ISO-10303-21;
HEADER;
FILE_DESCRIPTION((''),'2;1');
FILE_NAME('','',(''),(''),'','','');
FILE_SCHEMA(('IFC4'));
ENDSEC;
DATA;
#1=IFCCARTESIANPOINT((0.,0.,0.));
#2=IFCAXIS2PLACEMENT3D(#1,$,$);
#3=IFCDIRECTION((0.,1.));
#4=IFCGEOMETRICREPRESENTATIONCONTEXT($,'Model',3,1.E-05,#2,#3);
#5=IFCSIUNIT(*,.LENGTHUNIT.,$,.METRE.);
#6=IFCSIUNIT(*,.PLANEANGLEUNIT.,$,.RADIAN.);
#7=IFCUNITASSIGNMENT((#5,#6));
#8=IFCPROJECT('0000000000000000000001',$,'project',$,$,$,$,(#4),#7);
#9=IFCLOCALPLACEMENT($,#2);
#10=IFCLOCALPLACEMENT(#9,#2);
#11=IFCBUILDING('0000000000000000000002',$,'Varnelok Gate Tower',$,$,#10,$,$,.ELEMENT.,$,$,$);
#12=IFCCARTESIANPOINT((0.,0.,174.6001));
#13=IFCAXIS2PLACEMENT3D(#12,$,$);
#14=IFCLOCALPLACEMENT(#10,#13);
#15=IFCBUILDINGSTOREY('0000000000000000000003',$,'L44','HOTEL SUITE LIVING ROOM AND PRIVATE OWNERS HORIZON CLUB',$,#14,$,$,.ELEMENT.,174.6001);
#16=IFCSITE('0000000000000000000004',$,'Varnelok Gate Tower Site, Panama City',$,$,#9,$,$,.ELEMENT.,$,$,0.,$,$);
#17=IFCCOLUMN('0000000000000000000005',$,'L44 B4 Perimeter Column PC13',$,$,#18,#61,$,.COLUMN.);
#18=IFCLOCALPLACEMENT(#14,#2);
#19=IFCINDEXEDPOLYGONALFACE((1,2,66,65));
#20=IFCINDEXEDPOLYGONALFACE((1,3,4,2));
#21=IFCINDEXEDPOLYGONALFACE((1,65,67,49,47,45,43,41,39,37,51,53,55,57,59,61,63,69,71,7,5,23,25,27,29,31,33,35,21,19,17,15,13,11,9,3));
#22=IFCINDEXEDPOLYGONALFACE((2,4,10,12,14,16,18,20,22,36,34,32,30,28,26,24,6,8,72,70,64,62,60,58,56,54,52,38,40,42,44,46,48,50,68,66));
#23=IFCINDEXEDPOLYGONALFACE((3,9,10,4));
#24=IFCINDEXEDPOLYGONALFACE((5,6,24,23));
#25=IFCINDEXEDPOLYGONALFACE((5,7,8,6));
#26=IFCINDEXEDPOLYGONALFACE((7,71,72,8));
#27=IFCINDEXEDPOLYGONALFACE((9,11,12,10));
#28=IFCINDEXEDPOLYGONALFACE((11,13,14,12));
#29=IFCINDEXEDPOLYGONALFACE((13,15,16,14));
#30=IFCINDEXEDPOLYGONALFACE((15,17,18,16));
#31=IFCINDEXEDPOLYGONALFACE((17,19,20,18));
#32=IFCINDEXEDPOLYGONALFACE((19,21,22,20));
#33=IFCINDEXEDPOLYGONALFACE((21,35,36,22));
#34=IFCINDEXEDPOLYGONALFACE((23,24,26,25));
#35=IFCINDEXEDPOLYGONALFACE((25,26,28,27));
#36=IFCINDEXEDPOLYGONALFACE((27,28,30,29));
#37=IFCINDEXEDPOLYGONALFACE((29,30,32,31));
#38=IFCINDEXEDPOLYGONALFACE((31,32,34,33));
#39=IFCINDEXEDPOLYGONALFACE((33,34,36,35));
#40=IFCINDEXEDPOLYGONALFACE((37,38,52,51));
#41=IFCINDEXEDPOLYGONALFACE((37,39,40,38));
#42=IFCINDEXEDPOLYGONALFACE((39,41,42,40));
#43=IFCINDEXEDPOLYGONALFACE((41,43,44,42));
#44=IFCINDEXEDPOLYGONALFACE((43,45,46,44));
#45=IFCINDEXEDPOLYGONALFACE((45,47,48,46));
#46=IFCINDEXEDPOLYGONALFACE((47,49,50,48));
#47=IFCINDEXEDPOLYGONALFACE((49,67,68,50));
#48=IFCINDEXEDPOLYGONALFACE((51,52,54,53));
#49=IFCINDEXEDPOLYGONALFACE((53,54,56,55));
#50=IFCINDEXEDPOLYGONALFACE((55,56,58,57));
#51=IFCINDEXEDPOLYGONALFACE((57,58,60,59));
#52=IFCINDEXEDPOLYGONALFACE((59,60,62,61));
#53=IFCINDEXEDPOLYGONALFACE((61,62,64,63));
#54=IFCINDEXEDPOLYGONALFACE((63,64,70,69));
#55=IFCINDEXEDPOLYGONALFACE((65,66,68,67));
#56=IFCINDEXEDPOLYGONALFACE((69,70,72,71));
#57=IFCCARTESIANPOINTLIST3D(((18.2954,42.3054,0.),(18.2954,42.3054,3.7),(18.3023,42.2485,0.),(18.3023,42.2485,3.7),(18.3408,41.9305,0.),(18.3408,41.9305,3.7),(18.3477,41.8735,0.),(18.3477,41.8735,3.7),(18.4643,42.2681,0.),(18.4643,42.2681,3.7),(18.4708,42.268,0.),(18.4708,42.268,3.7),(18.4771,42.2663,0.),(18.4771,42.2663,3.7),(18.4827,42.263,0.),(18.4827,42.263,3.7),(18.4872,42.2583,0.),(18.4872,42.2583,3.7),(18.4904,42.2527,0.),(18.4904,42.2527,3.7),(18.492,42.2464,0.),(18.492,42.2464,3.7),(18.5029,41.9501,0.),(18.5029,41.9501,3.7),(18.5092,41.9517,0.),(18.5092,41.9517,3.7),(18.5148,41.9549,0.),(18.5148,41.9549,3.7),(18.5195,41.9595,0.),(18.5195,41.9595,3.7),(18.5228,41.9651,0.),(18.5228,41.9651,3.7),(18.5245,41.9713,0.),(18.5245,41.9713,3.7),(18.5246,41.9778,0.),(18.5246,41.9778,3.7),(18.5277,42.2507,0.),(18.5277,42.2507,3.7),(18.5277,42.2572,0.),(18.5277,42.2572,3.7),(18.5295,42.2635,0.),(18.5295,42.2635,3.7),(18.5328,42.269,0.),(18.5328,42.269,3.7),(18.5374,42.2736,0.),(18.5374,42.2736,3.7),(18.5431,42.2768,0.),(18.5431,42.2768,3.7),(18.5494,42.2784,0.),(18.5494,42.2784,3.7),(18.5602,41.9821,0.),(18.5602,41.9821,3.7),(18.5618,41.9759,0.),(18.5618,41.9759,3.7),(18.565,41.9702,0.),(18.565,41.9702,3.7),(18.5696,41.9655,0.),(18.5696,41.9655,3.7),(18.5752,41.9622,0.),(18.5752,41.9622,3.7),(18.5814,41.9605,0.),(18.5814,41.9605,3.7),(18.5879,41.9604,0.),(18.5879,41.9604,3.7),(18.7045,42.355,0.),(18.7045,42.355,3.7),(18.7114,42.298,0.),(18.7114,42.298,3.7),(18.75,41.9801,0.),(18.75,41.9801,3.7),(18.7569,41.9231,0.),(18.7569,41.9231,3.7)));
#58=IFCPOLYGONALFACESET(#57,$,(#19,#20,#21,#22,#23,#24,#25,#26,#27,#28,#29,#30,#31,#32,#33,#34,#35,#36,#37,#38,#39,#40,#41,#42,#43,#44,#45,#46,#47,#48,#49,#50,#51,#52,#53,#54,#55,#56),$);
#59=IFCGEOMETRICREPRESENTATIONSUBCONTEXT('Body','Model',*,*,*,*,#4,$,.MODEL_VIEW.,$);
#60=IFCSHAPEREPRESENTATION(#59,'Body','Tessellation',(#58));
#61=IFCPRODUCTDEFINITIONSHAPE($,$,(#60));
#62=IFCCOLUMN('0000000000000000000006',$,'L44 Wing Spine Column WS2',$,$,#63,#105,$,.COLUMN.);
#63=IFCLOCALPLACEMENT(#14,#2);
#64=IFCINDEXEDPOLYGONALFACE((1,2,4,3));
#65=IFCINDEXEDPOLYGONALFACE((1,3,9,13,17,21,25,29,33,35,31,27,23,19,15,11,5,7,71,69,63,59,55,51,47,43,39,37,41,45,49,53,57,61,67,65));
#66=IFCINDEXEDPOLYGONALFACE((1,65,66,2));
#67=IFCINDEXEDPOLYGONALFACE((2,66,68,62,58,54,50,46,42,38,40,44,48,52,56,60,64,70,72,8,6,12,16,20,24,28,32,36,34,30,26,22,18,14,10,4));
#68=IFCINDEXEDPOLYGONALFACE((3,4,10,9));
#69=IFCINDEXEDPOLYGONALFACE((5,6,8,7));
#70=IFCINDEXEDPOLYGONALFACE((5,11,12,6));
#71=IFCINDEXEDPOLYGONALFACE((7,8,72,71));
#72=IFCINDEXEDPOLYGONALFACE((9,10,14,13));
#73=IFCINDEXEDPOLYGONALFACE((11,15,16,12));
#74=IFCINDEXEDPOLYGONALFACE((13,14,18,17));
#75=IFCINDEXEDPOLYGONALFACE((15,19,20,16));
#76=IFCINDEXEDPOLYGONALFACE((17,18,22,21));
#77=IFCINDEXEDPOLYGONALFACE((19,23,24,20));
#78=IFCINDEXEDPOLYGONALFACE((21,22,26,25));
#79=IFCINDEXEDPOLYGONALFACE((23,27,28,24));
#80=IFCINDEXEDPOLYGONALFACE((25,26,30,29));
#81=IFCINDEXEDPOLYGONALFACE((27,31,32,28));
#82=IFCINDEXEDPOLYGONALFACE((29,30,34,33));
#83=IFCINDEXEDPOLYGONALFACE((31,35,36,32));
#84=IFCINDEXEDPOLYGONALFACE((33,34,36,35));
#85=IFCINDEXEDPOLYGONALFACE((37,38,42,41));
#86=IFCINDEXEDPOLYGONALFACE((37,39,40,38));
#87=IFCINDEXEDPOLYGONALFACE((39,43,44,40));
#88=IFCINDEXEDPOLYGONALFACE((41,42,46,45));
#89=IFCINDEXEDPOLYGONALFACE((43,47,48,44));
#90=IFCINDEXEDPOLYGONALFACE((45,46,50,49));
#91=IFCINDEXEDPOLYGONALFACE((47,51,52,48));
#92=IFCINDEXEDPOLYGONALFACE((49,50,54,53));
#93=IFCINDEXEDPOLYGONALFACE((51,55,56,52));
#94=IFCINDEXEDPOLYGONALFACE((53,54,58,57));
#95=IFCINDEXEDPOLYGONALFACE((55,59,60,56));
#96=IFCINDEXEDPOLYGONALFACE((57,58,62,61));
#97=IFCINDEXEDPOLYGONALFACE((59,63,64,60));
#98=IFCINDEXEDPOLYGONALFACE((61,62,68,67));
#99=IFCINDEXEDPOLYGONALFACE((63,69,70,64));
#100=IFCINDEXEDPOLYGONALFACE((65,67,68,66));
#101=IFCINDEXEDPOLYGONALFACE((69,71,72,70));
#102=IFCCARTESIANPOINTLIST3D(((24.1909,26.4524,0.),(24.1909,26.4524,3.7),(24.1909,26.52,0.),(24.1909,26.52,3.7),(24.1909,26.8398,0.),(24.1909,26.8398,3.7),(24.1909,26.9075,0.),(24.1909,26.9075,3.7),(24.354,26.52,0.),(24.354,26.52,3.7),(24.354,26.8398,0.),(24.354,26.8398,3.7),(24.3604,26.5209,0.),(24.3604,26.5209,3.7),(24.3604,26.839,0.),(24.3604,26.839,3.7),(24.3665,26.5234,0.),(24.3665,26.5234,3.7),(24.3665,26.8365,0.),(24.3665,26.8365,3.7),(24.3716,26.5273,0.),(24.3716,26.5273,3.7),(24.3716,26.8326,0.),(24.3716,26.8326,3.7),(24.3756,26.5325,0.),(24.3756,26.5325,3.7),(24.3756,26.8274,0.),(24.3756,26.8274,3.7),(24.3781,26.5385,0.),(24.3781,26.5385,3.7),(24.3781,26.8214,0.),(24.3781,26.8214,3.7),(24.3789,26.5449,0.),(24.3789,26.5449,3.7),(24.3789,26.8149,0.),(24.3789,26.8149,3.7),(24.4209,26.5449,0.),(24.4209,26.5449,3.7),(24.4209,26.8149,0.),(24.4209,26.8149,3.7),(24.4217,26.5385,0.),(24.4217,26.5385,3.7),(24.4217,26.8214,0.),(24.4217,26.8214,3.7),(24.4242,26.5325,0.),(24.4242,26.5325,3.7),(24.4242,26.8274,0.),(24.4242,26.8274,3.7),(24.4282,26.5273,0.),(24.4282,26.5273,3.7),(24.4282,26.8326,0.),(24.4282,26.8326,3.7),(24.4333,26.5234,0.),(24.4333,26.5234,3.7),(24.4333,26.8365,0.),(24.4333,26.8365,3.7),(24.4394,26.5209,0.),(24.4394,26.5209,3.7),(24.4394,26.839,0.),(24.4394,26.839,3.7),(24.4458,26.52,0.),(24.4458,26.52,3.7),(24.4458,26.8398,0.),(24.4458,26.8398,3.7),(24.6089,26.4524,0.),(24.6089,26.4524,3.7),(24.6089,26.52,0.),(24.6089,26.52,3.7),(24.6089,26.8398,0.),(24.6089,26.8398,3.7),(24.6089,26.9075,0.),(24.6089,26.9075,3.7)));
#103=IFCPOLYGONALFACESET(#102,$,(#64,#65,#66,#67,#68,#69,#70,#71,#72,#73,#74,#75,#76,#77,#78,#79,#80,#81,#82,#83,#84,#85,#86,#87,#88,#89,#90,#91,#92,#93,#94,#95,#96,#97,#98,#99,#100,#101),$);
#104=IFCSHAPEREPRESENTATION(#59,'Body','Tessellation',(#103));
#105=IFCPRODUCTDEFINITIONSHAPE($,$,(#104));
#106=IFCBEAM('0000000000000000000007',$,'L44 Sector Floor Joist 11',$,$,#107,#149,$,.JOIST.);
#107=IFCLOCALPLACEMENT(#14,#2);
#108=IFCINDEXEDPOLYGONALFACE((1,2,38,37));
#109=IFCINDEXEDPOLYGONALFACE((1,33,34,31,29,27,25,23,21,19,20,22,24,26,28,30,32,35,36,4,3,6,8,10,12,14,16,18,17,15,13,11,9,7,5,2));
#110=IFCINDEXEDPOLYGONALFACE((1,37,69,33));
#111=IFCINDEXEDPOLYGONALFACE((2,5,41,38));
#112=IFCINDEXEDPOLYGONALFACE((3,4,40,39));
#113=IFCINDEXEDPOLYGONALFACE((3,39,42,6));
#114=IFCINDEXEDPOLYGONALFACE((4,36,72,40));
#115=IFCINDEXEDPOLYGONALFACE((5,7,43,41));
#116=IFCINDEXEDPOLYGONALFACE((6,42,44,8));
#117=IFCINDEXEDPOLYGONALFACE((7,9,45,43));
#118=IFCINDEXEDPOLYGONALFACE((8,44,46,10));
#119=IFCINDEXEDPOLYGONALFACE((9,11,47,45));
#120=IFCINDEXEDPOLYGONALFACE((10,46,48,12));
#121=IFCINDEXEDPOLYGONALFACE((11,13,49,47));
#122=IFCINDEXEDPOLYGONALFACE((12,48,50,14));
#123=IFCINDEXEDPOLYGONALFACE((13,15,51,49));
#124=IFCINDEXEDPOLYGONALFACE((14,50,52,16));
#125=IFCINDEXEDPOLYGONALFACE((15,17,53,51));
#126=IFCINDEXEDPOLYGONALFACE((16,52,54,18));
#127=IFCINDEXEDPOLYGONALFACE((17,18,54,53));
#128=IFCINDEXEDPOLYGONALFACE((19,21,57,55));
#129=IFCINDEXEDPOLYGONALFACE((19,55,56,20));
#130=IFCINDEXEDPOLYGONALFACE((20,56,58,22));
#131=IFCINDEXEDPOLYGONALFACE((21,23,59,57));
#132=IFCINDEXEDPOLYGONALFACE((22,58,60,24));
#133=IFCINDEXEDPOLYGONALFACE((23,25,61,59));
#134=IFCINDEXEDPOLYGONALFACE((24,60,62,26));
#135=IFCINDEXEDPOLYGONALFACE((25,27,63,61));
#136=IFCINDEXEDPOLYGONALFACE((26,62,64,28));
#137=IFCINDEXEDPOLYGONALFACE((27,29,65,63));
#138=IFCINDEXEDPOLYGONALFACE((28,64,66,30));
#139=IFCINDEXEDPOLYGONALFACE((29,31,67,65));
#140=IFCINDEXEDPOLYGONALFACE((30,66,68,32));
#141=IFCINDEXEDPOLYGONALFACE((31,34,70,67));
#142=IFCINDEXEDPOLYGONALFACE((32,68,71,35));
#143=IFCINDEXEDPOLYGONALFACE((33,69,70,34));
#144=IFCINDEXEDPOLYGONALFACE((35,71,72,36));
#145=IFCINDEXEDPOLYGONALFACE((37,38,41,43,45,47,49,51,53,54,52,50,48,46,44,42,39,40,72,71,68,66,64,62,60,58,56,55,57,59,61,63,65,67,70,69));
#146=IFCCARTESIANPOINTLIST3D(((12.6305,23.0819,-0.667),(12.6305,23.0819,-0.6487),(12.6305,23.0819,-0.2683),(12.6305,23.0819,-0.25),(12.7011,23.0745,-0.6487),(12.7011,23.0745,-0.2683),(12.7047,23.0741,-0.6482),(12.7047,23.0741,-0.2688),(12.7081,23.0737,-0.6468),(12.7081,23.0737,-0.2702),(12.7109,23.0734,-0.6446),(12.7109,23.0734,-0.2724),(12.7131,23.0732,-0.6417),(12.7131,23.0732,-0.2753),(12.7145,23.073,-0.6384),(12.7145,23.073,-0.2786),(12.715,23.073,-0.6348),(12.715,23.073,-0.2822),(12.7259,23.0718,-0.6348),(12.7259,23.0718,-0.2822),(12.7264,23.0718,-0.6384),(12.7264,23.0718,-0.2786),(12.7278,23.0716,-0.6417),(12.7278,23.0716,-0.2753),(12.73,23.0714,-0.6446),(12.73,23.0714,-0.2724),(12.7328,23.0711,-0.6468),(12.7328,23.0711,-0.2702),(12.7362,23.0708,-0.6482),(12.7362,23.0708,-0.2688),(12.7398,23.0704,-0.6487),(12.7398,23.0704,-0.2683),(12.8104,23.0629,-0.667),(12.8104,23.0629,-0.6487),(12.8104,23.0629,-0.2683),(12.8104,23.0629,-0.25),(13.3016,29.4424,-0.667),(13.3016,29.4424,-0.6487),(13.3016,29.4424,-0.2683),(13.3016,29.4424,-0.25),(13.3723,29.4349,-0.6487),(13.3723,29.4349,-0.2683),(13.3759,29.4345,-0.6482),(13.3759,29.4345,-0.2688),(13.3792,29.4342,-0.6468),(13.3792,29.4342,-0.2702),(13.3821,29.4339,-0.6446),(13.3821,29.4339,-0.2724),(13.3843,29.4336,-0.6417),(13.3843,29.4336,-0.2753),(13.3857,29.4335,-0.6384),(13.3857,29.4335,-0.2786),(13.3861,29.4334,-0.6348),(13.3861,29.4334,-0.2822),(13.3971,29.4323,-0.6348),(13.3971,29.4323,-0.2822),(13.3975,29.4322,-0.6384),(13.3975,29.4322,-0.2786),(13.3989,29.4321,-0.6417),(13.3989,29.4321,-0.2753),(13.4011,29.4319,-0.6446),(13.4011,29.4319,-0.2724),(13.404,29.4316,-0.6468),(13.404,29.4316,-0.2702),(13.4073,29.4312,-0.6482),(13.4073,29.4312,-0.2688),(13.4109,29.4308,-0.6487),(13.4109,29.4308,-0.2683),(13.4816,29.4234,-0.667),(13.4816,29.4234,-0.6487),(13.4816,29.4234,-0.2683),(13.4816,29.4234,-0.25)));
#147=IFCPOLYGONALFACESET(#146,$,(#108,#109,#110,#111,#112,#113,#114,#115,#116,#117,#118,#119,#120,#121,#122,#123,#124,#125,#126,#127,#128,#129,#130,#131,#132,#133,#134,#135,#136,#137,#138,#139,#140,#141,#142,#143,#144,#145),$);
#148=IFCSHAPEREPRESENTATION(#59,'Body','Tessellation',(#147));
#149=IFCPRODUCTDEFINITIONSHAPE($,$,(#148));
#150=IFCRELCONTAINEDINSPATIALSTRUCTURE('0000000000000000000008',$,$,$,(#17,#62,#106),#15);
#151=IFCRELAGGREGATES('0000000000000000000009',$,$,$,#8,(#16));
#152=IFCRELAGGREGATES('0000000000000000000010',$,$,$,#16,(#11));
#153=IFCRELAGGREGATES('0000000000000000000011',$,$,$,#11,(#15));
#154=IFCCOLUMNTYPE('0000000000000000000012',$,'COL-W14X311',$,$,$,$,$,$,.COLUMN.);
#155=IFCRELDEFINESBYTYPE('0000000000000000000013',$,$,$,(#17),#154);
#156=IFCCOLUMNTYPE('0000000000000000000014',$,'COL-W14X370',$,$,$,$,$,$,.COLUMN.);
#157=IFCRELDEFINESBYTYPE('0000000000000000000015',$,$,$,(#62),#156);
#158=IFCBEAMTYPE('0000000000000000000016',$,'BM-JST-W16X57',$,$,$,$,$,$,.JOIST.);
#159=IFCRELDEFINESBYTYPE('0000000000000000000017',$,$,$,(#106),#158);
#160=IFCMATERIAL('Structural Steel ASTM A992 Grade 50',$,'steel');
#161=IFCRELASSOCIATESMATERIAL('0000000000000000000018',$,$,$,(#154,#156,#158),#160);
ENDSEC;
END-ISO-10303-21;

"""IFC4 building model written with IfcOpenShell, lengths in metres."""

from ifc_helpers import new_model, si_unit, direction, frame, origin, origin_2d, place, context, subcontext, project, spatial, i_section, extrude, material, material_profile, profile_set, type_object, element, save


model = new_model("IFC4")

# Units and contexts
model_context = context("Model", 3, precision=1e-05, world=origin(), true_north=direction((0.0, 1.0)))
body_context = subcontext(model_context, "Body", "Model", "MODEL_VIEW")
ifc_project = project(units=[si_unit("LENGTHUNIT", "METRE"), si_unit("PLANEANGLEUNIT", "RADIAN")], contexts=[model_context])

# Site, building, storey
site_placement = place(None, origin())
site = spatial("IfcSite", under=ifc_project, at=site_placement, Name="Varnelok Gate Tower Site, Panama City", CompositionType="ELEMENT", RefElevation=0.0)
building_placement = place(site_placement, origin())
building = spatial("IfcBuilding", under=site, at=building_placement, Name="Varnelok Gate Tower", CompositionType="ELEMENT")
storey_placement = place(building_placement, frame((0.0, 0.0, 174.6001)))
storey = spatial("IfcBuildingStorey", under=building, at=storey_placement, Name="L44", Description="HOTEL SUITE LIVING ROOM AND PRIVATE OWNERS HORIZON CLUB", CompositionType="ELEMENT", Elevation=174.6001)

# Columns
ifc_material_1 = material(Name="Structural Steel ASTM A992 Grade 50", Category="steel")
ifc_material_profile_1 = material_profile(ifc_material_1, i_section(OverallWidth=0.4121, OverallDepth=0.4351, WebThickness=0.0359, FlangeThickness=0.0574, FilletRadius=0.0249, at=origin_2d()), Name="W14X311")
ifc_profile_set_1 = profile_set([ifc_material_profile_1], Name="Structural Steel ASTM A992 Grade 50")
column_type_1 = type_object("IfcColumnType", Name="COL-W14X311", PredefinedType="COLUMN", material=ifc_profile_set_1)
column_1_placement = place(storey_placement, frame((18.5261, 42.1143, 0.0), z_axis=(0.0, 0.0, 1.0), x_axis=(0.992732, 0.120345, 0.0)))
element("IfcColumn", 1, at=column_1_placement, inside=storey, type_object=column_type_1, Name="L44 B4 Perimeter Column PC13", PredefinedType="COLUMN", context=body_context, shape_type="SweptSolid", body=[
    extrude(i_section(OverallWidth=0.4121, OverallDepth=0.4351, WebThickness=0.0359, FlangeThickness=0.0574, FilletRadius=0.0249, at=origin_2d()), origin(), (0.0, 0.0, 1.0), 3.7),
])
ifc_material_profile_2 = material_profile(ifc_material_1, i_section(OverallWidth=0.418, OverallDepth=0.4551, WebThickness=0.042, FlangeThickness=0.0676, FilletRadius=0.0249, at=origin_2d()), Name="W14X370")
ifc_profile_set_2 = profile_set([ifc_material_profile_2], Name="Structural Steel ASTM A992 Grade 50")
column_type_2 = type_object("IfcColumnType", Name="COL-W14X370", PredefinedType="COLUMN", material=ifc_profile_set_2)
column_2_placement = place(storey_placement, frame((24.3999, 26.6799, 0.0), z_axis=(0.0, 0.0, 1.0), x_axis=(1.0, 0.0, 0.0)))
element("IfcColumn", 2, at=column_2_placement, inside=storey, type_object=column_type_2, Name="L44 Wing Spine Column WS2", PredefinedType="COLUMN", context=body_context, shape_type="SweptSolid", body=[
    extrude(i_section(OverallWidth=0.418, OverallDepth=0.4551, WebThickness=0.042, FlangeThickness=0.0676, FilletRadius=0.0249, at=origin_2d()), origin(), (0.0, 0.0, 1.0), 3.7),
])

# Beam
ifc_material_profile_3 = material_profile(ifc_material_1, i_section(OverallWidth=0.1809, OverallDepth=0.417, WebThickness=0.011, FlangeThickness=0.0183, FilletRadius=0.0139, at=origin_2d()), Name="W16X57")
ifc_profile_set_3 = profile_set([ifc_material_profile_3], Name="Structural Steel ASTM A992 Grade 50")
beam_type_1 = type_object("IfcBeamType", Name="BM-JST-W16X57", PredefinedType="JOIST", material=ifc_profile_set_3)
beam_1_placement = place(storey_placement, frame((13.3916, 29.4329, -0.4585), z_axis=(-0.104937, -0.994479, 0.0), x_axis=(0.994479, -0.104937, 0.0)))
element("IfcBeam", 3, at=beam_1_placement, inside=storey, type_object=beam_type_1, Name="L44 Sector Floor Joist 11", PredefinedType="JOIST", context=body_context, shape_type="SweptSolid", body=[
    extrude(i_section(OverallWidth=0.1809, OverallDepth=0.417, WebThickness=0.011, FlangeThickness=0.0183, FilletRadius=0.0139, at=origin_2d()), origin(), (0.0, 0.0, 1.0), 6.3958),
])

save(model, "model.ifc")
